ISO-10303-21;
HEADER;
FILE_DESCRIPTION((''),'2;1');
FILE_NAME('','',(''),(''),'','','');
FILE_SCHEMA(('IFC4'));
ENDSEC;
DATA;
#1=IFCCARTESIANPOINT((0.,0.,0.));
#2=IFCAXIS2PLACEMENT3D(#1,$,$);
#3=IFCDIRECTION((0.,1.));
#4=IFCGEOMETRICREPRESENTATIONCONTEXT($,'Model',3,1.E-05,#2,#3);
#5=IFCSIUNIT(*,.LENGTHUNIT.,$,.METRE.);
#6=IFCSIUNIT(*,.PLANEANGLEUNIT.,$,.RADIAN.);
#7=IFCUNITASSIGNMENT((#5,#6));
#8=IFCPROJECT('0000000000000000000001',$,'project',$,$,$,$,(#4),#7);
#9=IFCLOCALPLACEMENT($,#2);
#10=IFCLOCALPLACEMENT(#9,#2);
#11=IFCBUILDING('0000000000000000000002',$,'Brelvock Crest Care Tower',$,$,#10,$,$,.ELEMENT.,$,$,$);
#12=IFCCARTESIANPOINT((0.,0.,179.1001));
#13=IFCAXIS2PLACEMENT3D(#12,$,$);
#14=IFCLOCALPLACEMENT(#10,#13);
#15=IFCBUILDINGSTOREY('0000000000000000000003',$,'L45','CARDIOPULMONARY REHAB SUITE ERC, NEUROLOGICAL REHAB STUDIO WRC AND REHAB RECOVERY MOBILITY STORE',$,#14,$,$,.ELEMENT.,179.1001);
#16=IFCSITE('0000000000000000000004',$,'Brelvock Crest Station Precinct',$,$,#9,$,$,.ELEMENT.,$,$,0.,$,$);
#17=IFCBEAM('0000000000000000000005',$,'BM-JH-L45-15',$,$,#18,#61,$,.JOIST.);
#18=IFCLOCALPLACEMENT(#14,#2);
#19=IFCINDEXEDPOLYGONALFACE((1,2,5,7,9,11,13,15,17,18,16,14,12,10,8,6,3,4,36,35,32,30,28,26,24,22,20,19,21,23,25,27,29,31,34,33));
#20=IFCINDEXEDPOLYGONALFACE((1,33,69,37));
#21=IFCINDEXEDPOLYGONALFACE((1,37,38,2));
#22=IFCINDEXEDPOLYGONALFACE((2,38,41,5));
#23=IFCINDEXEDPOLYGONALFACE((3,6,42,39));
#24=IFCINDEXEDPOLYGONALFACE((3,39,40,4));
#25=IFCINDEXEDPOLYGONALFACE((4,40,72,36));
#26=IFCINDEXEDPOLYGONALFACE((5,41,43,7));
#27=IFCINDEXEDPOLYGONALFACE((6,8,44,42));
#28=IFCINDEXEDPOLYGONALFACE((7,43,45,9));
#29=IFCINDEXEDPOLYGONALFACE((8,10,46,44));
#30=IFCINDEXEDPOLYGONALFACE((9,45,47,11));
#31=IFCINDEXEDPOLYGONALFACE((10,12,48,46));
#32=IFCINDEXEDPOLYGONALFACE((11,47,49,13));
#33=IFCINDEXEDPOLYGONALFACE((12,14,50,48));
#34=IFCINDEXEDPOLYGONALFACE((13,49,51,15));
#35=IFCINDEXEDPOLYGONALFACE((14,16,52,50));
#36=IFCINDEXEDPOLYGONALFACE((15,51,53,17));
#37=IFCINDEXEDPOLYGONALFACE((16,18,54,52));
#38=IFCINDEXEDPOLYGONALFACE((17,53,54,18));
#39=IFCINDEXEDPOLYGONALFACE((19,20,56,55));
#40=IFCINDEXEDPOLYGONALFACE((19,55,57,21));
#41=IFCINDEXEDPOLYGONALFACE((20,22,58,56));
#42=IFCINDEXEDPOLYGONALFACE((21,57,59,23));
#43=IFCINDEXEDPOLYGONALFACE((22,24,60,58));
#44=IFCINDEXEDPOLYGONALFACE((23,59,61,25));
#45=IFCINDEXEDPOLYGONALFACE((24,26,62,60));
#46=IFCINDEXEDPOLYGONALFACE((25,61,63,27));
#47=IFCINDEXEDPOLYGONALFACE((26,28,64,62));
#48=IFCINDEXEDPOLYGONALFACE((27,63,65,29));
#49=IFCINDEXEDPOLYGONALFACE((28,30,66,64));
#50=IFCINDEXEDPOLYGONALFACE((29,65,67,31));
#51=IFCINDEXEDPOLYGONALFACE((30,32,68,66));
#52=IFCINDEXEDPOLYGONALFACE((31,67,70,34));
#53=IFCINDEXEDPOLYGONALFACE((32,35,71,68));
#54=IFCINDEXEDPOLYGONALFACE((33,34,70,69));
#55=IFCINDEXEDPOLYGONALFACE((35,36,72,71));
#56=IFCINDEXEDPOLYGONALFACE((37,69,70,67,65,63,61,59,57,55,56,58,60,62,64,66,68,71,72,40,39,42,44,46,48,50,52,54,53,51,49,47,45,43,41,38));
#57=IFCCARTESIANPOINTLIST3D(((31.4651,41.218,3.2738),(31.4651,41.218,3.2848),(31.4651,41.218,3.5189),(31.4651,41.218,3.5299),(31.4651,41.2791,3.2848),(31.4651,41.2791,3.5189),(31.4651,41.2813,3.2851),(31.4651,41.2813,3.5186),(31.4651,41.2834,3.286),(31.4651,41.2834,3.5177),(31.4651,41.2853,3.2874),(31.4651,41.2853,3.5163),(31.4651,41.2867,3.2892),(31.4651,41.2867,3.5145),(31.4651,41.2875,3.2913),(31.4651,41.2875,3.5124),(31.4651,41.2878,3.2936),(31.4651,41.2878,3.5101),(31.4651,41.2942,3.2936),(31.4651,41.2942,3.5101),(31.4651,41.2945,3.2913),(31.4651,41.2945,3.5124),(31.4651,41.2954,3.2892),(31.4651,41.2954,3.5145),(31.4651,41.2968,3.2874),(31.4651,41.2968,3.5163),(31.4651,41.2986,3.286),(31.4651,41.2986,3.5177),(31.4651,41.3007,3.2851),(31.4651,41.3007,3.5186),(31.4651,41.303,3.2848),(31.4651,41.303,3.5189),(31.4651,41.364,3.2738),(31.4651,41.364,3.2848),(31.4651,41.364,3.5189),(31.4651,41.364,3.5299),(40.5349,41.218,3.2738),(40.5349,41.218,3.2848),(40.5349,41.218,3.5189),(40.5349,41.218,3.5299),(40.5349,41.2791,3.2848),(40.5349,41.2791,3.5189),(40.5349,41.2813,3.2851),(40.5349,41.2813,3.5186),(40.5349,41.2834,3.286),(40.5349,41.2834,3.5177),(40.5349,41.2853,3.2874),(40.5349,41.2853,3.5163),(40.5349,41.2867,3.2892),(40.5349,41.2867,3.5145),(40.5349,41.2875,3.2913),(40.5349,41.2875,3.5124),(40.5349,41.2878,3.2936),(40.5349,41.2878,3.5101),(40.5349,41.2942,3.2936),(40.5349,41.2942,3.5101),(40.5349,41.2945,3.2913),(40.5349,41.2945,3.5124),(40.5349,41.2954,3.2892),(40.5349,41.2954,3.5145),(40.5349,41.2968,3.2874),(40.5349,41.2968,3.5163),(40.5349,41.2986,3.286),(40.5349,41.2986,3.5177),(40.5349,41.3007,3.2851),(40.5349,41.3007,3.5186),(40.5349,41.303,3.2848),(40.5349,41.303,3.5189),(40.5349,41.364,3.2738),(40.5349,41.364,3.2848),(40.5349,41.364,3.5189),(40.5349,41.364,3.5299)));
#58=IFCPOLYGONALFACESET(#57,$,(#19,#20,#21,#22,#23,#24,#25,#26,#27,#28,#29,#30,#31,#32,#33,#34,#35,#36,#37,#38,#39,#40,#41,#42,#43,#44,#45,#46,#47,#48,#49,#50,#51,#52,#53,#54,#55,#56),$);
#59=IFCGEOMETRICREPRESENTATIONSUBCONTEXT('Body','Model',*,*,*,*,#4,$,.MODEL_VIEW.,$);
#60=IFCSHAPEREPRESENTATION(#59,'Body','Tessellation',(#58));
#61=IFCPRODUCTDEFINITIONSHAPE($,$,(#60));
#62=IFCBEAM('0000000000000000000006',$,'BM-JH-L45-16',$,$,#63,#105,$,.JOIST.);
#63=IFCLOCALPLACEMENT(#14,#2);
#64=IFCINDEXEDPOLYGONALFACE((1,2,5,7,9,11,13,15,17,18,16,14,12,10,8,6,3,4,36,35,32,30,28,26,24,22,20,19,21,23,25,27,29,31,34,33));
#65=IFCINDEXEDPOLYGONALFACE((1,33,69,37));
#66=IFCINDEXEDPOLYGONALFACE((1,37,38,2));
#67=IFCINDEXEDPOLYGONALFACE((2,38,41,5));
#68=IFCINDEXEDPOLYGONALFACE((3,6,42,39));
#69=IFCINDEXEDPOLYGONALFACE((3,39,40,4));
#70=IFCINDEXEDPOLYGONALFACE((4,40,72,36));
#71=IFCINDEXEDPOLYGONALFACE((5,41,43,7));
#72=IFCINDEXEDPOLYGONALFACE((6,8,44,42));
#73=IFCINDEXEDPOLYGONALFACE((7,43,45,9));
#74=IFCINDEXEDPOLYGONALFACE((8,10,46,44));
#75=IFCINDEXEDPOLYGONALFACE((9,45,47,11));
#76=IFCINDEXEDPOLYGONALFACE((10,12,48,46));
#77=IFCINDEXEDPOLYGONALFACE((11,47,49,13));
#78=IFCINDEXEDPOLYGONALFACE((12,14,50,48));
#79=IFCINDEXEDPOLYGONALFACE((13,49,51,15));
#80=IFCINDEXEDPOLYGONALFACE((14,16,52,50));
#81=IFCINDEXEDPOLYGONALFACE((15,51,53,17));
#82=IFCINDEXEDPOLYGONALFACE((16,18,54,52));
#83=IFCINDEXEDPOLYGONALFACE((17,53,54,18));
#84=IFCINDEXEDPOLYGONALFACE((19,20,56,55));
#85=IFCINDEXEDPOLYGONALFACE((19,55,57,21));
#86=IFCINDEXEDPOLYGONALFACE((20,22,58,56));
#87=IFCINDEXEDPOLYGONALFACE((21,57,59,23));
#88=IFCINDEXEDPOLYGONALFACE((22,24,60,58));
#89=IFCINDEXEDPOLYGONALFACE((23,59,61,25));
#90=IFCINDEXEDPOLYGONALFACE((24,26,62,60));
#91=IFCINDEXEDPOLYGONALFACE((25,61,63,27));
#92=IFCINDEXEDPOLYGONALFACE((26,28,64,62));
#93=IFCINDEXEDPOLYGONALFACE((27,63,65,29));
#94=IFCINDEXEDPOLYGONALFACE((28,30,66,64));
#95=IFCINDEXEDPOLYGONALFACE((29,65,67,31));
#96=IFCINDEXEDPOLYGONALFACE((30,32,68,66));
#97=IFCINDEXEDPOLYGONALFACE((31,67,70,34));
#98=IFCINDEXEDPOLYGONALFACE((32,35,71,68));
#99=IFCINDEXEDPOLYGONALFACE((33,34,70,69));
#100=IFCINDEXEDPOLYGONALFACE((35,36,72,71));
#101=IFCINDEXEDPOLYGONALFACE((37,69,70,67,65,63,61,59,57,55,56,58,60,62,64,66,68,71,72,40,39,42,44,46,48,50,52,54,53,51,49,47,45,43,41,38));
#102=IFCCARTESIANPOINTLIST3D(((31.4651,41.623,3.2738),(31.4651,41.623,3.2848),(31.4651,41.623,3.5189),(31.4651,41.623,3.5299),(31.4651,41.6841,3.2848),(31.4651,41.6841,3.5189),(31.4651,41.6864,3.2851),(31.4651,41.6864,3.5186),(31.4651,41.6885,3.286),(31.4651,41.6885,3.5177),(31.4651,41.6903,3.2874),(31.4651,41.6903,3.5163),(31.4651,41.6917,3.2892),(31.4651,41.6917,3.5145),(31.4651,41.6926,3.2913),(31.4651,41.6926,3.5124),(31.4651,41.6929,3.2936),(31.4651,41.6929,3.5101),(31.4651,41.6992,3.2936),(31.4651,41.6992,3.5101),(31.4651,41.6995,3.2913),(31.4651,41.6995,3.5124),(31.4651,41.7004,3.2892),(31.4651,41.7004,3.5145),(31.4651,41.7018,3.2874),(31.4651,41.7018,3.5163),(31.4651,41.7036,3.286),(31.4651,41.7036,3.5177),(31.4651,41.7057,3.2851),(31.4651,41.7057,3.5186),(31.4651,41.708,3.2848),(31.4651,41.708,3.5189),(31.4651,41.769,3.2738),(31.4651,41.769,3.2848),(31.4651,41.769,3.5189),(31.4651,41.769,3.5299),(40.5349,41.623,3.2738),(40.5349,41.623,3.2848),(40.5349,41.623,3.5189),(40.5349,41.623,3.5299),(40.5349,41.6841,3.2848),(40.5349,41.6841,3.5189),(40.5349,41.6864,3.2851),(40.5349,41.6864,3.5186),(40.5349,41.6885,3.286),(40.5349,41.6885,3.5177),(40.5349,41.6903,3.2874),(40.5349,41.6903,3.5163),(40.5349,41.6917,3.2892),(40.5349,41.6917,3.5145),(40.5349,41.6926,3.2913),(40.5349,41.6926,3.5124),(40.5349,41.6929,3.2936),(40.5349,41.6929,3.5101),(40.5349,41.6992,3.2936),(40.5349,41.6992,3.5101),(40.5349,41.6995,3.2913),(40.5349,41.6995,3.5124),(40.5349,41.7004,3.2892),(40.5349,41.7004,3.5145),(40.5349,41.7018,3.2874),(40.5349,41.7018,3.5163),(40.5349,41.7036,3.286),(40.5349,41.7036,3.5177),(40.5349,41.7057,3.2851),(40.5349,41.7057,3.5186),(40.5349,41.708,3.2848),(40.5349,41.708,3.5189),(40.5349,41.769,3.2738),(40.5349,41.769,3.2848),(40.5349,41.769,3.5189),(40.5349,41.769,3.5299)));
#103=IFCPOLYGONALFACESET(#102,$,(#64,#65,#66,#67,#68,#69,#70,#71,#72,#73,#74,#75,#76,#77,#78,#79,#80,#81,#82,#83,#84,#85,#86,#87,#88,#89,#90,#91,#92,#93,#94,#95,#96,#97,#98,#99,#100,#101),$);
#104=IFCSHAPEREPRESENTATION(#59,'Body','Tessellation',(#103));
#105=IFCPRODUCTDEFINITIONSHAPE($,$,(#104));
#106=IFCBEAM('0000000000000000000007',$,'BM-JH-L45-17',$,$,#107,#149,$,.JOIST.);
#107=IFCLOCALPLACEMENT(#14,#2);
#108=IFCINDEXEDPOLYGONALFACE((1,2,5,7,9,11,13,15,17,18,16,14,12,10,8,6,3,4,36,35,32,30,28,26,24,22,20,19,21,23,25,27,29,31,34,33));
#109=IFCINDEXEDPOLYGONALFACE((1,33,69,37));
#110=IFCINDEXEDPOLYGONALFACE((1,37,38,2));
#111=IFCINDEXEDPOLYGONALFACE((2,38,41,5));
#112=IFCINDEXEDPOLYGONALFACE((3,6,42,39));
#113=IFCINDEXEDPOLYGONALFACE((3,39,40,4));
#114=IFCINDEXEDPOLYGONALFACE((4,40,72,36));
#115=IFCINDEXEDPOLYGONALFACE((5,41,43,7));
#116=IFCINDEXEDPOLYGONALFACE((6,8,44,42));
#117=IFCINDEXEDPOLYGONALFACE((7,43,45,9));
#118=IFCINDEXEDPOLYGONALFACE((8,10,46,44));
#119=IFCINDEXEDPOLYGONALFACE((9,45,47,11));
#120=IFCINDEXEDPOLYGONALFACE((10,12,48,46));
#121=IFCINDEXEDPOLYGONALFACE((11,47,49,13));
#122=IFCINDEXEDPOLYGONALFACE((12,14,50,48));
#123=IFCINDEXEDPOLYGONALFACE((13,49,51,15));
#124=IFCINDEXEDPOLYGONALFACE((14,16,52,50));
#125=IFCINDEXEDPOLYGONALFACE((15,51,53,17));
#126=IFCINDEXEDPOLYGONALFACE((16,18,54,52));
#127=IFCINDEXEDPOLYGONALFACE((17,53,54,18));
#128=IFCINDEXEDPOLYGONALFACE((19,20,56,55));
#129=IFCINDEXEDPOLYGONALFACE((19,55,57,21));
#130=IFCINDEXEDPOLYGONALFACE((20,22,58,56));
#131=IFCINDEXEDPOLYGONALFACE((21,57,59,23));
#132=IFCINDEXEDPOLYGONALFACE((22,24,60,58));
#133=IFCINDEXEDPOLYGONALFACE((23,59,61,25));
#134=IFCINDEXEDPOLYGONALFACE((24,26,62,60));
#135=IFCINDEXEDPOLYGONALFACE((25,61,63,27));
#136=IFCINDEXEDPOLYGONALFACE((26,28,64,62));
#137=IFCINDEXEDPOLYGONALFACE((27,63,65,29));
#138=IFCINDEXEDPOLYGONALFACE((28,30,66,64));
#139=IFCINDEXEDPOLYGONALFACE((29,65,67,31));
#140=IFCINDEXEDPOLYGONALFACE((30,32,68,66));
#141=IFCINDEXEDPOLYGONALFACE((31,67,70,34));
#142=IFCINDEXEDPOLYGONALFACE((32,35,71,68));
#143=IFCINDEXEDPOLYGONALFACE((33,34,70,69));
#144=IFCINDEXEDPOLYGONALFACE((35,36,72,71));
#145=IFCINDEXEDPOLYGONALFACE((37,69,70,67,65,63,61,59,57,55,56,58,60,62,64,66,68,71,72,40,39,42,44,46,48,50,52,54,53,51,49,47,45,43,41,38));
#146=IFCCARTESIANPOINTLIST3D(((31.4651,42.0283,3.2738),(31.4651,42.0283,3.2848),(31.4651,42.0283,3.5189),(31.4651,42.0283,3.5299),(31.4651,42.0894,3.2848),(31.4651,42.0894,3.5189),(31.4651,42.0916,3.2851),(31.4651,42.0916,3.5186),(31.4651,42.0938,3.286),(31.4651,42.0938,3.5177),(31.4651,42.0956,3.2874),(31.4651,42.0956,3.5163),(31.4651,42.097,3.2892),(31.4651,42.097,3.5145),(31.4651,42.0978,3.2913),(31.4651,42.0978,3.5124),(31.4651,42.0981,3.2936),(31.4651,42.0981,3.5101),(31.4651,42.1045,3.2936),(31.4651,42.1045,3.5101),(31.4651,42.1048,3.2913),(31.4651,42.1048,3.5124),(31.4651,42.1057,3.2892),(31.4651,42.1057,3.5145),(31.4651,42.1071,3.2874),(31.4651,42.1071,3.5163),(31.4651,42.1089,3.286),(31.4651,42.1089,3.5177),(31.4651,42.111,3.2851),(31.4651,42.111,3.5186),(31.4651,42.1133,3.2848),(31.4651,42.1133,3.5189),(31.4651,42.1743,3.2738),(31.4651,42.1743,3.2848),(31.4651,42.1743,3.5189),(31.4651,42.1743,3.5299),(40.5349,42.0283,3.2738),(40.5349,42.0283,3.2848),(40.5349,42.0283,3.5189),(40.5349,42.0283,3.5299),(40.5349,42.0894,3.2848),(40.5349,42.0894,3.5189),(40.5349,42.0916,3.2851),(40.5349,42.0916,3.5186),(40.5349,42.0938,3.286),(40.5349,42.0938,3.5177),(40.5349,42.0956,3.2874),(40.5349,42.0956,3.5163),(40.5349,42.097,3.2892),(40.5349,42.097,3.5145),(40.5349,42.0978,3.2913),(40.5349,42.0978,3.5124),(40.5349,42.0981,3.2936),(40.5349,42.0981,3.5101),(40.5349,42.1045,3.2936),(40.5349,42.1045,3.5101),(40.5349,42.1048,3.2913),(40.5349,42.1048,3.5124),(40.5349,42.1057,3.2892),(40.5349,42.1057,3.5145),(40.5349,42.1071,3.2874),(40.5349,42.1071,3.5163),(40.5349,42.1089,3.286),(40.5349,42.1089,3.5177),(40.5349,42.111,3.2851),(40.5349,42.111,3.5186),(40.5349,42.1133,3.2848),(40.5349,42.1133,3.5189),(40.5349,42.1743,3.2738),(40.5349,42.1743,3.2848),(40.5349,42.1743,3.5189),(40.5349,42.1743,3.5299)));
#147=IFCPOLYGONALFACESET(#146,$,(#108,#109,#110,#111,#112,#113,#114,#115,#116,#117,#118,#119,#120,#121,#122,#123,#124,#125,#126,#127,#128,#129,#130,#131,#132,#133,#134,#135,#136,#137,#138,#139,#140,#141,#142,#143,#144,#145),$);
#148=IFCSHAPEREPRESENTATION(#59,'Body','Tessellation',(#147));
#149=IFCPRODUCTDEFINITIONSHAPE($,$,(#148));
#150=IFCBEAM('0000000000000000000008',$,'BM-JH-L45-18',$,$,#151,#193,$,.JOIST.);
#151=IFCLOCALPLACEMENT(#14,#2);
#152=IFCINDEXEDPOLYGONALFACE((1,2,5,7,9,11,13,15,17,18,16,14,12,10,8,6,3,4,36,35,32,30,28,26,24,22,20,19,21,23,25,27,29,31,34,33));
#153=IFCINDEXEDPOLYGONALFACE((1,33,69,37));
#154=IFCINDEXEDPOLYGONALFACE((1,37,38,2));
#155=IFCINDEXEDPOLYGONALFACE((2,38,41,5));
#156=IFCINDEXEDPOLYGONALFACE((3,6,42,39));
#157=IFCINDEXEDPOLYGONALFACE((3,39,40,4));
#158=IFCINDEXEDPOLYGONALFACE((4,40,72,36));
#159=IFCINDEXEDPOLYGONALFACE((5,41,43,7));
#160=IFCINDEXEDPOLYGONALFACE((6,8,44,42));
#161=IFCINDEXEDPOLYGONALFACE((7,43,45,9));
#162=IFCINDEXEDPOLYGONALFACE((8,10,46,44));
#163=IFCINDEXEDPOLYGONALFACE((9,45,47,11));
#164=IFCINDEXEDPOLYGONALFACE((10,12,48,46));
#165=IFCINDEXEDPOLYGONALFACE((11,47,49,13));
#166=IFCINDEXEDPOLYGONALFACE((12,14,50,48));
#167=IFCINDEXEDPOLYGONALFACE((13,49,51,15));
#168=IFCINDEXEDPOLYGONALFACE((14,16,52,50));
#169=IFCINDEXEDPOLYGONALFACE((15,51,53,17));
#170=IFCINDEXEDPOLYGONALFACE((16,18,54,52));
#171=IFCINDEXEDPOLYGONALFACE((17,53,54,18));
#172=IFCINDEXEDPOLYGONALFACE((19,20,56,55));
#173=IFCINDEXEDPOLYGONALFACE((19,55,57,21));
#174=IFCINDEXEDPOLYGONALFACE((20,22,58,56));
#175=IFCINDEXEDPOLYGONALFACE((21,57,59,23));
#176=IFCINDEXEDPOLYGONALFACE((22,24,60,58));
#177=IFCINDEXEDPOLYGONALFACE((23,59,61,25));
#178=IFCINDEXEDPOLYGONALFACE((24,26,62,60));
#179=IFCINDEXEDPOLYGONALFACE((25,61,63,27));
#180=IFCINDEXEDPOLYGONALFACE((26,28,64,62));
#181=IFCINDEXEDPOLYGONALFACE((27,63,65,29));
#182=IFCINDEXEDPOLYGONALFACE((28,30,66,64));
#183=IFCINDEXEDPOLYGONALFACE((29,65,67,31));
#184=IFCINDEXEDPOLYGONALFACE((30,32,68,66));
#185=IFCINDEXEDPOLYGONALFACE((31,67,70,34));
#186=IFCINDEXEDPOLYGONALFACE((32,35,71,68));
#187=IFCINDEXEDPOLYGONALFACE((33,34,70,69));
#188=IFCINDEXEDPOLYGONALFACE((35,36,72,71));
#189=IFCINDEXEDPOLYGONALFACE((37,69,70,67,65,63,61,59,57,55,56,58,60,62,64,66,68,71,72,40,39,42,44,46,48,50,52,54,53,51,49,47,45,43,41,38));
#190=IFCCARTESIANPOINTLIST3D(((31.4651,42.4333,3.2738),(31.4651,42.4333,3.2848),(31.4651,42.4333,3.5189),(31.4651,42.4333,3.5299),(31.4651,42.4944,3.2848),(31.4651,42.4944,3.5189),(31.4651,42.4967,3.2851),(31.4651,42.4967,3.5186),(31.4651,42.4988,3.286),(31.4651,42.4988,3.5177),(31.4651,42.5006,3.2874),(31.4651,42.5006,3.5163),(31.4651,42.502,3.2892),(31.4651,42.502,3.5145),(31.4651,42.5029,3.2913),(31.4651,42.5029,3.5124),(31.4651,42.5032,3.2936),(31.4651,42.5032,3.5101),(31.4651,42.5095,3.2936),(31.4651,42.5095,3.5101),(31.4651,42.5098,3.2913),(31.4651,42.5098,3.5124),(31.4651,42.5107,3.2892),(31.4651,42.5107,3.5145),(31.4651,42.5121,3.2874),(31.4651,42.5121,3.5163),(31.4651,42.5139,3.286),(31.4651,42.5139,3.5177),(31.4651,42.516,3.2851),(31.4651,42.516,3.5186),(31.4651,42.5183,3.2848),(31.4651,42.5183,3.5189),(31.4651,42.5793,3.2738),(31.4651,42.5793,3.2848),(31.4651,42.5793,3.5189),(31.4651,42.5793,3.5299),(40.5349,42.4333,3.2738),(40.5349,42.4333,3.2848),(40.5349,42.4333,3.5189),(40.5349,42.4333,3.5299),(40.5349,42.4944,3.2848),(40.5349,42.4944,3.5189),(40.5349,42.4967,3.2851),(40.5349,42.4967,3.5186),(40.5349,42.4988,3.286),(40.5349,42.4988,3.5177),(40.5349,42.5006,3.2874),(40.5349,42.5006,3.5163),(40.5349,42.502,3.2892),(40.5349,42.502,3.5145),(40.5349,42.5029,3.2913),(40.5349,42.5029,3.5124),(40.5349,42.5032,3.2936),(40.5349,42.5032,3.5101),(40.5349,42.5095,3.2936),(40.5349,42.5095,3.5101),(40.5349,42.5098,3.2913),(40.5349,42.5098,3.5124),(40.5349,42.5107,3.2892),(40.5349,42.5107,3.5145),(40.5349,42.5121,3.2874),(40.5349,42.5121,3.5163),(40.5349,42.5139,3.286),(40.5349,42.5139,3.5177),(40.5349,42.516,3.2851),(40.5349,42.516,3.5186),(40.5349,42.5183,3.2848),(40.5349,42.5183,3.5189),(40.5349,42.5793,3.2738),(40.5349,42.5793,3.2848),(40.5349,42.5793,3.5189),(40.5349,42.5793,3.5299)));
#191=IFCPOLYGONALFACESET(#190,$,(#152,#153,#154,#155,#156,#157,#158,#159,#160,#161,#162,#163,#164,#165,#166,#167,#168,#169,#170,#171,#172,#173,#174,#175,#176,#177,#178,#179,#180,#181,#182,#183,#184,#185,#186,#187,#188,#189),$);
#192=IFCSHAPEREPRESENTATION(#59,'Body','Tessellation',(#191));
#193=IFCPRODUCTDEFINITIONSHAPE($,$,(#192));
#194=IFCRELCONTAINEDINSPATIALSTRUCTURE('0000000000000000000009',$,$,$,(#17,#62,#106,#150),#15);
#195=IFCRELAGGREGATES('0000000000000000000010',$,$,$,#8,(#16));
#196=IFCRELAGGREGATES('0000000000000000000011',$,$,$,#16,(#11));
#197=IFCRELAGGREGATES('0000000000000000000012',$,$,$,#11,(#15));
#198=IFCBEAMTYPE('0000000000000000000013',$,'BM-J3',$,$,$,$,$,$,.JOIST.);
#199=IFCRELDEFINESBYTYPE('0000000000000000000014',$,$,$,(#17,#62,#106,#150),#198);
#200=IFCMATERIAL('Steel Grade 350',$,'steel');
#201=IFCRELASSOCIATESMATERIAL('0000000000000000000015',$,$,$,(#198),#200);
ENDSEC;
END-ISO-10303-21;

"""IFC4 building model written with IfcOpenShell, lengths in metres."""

from ifc_helpers import new_model, si_unit, direction, frame, origin, origin_2d, place, context, subcontext, project, spatial, i_section, extrude, source, transform, mapped, material, material_profile, profile_set, type_object, element, save


model = new_model("IFC4")

# Units and contexts
model_context = context("Model", 3, precision=1e-05, world=origin(), true_north=direction((0.0, 1.0)))
body_context = subcontext(model_context, "Body", "Model", "MODEL_VIEW")
ifc_project = project(units=[si_unit("LENGTHUNIT", "METRE"), si_unit("PLANEANGLEUNIT", "RADIAN")], contexts=[model_context])

# Site, building, storey
site_placement = place(None, origin())
site = spatial("IfcSite", under=ifc_project, at=site_placement, Name="Brelvock Crest Station Precinct", CompositionType="ELEMENT", RefElevation=0.0)
building_placement = place(site_placement, origin())
building = spatial("IfcBuilding", under=site, at=building_placement, Name="Brelvock Crest Care Tower", CompositionType="ELEMENT")
storey_placement = place(building_placement, frame((0.0, 0.0, 179.1001)))
storey = spatial("IfcBuildingStorey", under=building, at=storey_placement, Name="L45", Description="CARDIOPULMONARY REHAB SUITE ERC, NEUROLOGICAL REHAB STUDIO WRC AND REHAB RECOVERY MOBILITY STORE", CompositionType="ELEMENT", Elevation=179.1001)

# Beams
ifc_material_1 = material(Name="Steel Grade 350", Category="steel")
ifc_material_profile_1 = material_profile(ifc_material_1, i_section(OverallWidth=0.146, OverallDepth=0.2561, WebThickness=0.0063, FlangeThickness=0.011, FilletRadius=0.0088, at=origin_2d()), Name="250UB37.3")
ifc_profile_set_1 = profile_set([ifc_material_profile_1], Name="Steel Grade 350")
beam_type_1 = type_object("IfcBeamType", Name="BM-J3", PredefinedType="JOIST", material=ifc_profile_set_1)
shared_shape_1 = source(origin(), body_context, "Body", "SweptSolid", [
    extrude(i_section(OverallWidth=0.146, OverallDepth=0.2561, WebThickness=0.0063, FlangeThickness=0.011, FilletRadius=0.0088, at=origin_2d()), origin(), (0.0, 0.0, 1.0), 9.0698),
])
for number, where, z_axis, x_axis, name in (
    (1, (31.4651, 41.291, 3.4019), (1.0, 0.0, 0.0), (0.0, 1.0, 0.0), "BM-JH-L45-15"),
    (2, (31.4651, 41.696, 3.4019), (1.0, 0.0, 0.0), (0.0, 1.0, 0.0), "BM-JH-L45-16"),
    (3, (31.4651, 42.1013, 3.4019), (1.0, 0.0, 0.0), (0.0, 1.0, 0.0), "BM-JH-L45-17"),
    (4, (31.4651, 42.5063, 3.4019), (1.0, 0.0, 0.0), (0.0, 1.0, 0.0), "BM-JH-L45-18"),
):
    element("IfcBeam", number, at=place(storey_placement, frame(where, z_axis=z_axis, x_axis=x_axis)), inside=storey, type_object=beam_type_1, Name=name, PredefinedType="JOIST", context=body_context, shape_type="MappedRepresentation", body=[
        mapped(shared_shape_1, transform((0.0, 0.0, 0.0), x_axis=(1.0, 0.0, 0.0), y_axis=(0.0, 1.0, 0.0), z_axis=(0.0, 0.0, 1.0), scale=1.0)),
    ])

save(model, "model.ifc")
